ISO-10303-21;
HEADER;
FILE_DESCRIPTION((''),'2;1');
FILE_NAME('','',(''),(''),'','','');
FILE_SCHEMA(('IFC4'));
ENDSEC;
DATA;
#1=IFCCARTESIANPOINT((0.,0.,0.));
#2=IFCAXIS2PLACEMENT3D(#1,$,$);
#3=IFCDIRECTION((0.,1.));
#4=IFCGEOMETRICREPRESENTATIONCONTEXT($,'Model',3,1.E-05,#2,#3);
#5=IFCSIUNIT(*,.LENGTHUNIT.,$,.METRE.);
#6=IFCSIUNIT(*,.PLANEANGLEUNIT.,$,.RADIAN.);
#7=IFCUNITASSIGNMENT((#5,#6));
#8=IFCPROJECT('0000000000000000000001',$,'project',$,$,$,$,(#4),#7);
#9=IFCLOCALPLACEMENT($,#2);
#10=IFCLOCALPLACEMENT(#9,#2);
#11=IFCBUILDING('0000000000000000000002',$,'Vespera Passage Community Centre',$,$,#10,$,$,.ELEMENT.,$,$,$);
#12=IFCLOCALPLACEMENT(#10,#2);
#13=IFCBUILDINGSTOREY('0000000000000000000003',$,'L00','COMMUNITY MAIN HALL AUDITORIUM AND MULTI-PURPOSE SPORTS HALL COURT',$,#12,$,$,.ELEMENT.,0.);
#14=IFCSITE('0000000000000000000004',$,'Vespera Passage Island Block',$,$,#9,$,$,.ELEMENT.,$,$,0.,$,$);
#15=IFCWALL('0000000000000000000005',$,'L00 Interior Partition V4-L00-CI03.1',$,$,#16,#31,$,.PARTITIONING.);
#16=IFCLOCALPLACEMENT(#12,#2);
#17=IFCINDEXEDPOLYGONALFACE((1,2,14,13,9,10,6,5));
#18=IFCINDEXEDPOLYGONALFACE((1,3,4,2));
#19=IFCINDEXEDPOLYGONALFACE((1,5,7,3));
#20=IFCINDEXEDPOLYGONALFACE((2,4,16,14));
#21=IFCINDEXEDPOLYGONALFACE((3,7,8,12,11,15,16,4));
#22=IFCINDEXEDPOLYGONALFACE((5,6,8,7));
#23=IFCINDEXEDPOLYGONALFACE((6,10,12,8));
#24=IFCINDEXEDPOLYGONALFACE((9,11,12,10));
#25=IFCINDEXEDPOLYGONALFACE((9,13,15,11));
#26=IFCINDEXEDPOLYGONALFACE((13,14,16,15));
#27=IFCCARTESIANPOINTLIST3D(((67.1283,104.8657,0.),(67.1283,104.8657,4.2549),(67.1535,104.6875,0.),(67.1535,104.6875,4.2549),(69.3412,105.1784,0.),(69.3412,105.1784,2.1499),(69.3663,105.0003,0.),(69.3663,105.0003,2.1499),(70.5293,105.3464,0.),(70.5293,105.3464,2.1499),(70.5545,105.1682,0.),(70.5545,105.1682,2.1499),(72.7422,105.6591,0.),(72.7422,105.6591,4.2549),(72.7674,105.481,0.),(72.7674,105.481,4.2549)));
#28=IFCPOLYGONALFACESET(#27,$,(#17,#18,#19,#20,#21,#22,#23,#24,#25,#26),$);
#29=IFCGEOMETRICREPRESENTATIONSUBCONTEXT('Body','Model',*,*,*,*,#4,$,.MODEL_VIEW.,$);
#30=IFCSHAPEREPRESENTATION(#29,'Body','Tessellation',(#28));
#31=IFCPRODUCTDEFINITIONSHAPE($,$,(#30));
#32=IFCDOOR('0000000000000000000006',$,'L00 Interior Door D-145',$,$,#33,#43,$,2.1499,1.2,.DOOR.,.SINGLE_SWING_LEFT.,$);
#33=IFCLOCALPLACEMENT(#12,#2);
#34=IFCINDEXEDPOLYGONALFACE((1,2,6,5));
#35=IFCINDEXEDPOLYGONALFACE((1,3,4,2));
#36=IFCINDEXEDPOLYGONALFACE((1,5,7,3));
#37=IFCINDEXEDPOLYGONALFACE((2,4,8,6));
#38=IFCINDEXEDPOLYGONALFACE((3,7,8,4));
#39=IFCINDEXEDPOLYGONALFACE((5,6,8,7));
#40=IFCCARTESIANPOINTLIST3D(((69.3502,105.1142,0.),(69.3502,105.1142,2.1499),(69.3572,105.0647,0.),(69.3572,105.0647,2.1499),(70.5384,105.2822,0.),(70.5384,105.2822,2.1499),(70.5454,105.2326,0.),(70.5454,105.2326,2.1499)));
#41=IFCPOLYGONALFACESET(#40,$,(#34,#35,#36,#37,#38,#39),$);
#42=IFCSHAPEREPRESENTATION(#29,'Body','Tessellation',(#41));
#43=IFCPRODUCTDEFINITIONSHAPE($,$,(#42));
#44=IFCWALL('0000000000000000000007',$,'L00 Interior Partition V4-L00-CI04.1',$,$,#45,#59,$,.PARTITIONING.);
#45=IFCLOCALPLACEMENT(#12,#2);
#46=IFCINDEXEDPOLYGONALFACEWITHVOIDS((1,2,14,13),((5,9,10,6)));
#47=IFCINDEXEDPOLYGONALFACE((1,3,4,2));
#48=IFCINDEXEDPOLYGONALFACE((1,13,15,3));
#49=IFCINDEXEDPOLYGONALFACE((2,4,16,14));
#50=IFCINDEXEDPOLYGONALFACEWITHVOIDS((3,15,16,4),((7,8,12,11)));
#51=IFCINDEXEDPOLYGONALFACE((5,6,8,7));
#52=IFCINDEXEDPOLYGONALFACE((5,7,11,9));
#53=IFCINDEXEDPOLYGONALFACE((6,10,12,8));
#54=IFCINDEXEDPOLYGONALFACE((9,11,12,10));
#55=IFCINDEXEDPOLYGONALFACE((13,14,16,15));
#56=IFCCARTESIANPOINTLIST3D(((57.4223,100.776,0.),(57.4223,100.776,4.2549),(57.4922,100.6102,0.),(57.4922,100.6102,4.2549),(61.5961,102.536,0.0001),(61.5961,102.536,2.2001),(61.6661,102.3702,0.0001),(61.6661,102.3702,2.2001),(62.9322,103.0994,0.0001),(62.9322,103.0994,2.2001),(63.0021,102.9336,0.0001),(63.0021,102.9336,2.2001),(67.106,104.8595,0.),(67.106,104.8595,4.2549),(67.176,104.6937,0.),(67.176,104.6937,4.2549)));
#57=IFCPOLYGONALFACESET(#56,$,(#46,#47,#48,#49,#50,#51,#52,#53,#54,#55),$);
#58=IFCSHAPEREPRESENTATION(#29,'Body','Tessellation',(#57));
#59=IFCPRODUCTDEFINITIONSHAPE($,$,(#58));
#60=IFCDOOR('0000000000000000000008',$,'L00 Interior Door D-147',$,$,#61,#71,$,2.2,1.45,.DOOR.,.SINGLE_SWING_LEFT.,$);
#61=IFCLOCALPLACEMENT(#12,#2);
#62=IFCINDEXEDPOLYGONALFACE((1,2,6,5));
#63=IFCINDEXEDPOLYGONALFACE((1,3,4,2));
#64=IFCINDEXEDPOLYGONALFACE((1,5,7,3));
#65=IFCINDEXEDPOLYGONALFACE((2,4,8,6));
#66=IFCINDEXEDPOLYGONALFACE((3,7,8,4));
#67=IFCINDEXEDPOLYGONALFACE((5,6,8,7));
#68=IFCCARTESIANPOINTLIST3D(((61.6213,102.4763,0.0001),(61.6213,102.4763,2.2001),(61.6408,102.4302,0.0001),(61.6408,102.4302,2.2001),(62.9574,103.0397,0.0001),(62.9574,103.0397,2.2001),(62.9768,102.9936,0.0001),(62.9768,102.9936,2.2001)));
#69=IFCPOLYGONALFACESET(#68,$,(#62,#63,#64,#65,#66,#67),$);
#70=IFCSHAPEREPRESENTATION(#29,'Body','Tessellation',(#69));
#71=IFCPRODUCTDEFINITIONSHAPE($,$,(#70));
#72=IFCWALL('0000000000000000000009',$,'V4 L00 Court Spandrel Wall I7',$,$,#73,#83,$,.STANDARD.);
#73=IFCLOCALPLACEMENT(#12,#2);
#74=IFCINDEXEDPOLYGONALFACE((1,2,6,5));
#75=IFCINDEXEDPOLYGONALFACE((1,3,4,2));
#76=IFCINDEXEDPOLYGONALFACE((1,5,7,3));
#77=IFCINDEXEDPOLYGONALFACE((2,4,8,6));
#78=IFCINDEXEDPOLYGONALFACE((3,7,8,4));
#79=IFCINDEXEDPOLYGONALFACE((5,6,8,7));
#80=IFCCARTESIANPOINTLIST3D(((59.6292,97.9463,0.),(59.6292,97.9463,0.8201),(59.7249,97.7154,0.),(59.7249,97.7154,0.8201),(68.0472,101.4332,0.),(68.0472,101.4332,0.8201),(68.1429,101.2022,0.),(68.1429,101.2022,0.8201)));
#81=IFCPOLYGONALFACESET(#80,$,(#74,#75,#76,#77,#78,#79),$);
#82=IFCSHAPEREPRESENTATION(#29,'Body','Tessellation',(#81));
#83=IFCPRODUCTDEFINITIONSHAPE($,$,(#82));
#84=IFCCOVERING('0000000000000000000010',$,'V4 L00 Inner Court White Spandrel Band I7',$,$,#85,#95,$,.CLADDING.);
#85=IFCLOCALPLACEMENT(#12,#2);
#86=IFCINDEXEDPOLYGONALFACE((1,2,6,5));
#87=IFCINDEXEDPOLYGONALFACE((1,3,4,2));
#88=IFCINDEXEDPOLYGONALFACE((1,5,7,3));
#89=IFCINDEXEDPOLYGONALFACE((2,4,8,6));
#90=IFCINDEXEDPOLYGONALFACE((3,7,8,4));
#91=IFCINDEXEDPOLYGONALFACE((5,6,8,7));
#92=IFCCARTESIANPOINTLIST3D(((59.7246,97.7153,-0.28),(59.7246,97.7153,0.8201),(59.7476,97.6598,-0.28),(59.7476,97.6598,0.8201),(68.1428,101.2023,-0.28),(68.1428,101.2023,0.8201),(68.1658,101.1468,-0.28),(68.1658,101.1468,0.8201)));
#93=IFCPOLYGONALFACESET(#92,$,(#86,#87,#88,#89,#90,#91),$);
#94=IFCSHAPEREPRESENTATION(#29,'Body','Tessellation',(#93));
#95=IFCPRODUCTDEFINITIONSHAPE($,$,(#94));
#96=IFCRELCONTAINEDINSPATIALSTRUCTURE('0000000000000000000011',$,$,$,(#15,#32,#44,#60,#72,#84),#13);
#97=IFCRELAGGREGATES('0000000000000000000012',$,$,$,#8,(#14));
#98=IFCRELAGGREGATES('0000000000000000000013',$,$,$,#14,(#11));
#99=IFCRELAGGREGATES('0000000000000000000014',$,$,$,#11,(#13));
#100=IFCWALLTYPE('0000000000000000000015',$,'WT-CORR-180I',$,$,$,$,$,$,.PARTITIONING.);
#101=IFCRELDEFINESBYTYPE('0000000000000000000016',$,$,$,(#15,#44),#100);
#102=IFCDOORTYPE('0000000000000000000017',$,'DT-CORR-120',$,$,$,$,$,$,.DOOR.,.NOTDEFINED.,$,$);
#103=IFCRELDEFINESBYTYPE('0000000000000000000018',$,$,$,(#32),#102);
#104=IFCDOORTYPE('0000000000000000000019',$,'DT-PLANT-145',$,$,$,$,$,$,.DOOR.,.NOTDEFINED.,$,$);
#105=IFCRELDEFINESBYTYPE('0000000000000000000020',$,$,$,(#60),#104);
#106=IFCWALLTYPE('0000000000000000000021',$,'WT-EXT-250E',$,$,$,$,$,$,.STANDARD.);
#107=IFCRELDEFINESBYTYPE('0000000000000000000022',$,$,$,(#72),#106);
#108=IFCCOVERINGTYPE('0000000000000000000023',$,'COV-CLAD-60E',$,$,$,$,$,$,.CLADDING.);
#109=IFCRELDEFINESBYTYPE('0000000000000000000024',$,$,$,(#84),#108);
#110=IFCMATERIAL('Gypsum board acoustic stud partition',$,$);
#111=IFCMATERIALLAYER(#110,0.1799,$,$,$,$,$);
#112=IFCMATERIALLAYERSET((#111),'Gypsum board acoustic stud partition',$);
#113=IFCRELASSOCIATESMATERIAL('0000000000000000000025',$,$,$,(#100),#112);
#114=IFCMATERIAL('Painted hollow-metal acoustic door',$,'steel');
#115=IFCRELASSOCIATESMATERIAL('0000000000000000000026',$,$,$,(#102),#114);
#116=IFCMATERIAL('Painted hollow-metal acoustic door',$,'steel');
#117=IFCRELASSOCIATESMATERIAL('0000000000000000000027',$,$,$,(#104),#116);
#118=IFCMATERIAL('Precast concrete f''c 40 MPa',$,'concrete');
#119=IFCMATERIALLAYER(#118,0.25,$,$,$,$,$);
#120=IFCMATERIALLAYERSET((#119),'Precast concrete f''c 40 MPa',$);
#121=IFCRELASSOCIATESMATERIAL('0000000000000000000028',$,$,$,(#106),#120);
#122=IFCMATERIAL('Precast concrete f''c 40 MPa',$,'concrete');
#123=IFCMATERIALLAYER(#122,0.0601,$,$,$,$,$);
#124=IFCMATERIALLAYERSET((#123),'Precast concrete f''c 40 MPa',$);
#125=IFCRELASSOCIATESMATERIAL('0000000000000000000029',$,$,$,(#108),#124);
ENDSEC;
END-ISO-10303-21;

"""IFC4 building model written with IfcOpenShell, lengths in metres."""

from ifc_helpers import new_model, si_unit, direction, frame, frame_2d, origin, place, context, subcontext, project, spatial, rectangle, extrude, material, layer, layer_set, type_object, element, fill, save


model = new_model("IFC4")

# Units and contexts
model_context = context("Model", 3, precision=1e-05, world=origin(), true_north=direction((0.0, 1.0)))
body_context = subcontext(model_context, "Body", "Model", "MODEL_VIEW")
ifc_project = project(units=[si_unit("LENGTHUNIT", "METRE"), si_unit("PLANEANGLEUNIT", "RADIAN")], contexts=[model_context])

# Site, building, storey
site_placement = place(None, origin())
site = spatial("IfcSite", under=ifc_project, at=site_placement, Name="Vespera Passage Island Block", CompositionType="ELEMENT", RefElevation=0.0)
building_placement = place(site_placement, origin())
building = spatial("IfcBuilding", under=site, at=building_placement, Name="Vespera Passage Community Centre", CompositionType="ELEMENT")
storey_placement = place(building_placement, origin())
storey = spatial("IfcBuildingStorey", under=building, at=storey_placement, Name="L00", Description="COMMUNITY MAIN HALL AUDITORIUM AND MULTI-PURPOSE SPORTS HALL COURT", CompositionType="ELEMENT", Elevation=0.0)

# Walls, openings, doors
ifc_material_1 = material(Name="Gypsum board acoustic stud partition")
ifc_layer_1 = layer(ifc_material_1, 0.1799)
ifc_layer_set_1 = layer_set([ifc_layer_1], Name="Gypsum board acoustic stud partition")
wall_type_1 = type_object("IfcWallType", Name="WT-CORR-180I", PredefinedType="PARTITIONING", material=ifc_layer_set_1)
wall_1_placement = place(storey_placement, frame((72.7549, 105.5701, 0.0), z_axis=(0.0, 0.0, 1.0), x_axis=(-0.990159, -0.13995, 0.0)))
wall_1 = element("IfcWall", 1, at=wall_1_placement, inside=storey, type_object=wall_type_1, Name="L00 Interior Partition V4-L00-CI03.1", PredefinedType="PARTITIONING", context=body_context, shape_type="SweptSolid", body=[
    extrude(rectangle(XDim=5.6697, YDim=0.1799, at=frame_2d((2.835, 0.0))), origin(), (0.0, 0.0, 1.0), 4.2549),
])
opening_1_placement = place(wall_1_placement, frame((2.2349, 0.0, 0.0)))
opening_1 = element("IfcOpeningElement", 2, at=opening_1_placement, cuts=wall_1, PredefinedType="OPENING", context=body_context, shape_type="SweptSolid", body=[
    extrude(rectangle(XDim=1.2, YDim=2.1499, at=frame_2d((0.6001, 1.075))), frame((0.0, 0.0999, 0.0), z_axis=(0.0, -1.0, 0.0), x_axis=(1.0, 0.0, 0.0)), (0.0, 0.0, 1.0), 0.2),
])
ifc_material_2 = material(Name="Painted hollow-metal acoustic door", Category="steel")
door_type_1 = type_object("IfcDoorType", Name="DT-CORR-120", OperationType="NOTDEFINED", PredefinedType="DOOR", material=ifc_material_2)
door_1_placement = place(opening_1_placement, origin())
door_1 = element("IfcDoor", 3, at=door_1_placement, inside=storey, type_object=door_type_1, Name="L00 Interior Door D-145", OperationType="SINGLE_SWING_LEFT", OverallHeight=2.1499, OverallWidth=1.2, PredefinedType="DOOR", context=body_context, shape_type="SweptSolid", body=[
    extrude(rectangle(XDim=1.2, YDim=2.1499, at=frame_2d((0.6001, 1.075))), frame((0.0, 0.0249, 0.0), z_axis=(0.0, -1.0, 0.0), x_axis=(1.0, 0.0, 0.0)), (0.0, 0.0, 1.0), 0.05),
])
fill(opening_1, door_1)
wall_2_placement = place(storey_placement, frame((67.1411, 104.7766, 0.0), z_axis=(0.0, 0.0, 1.0), x_axis=(-0.921428, -0.388549, 0.0)))
wall_2 = element("IfcWall", 4, at=wall_2_placement, inside=storey, type_object=wall_type_1, Name="L00 Interior Partition V4-L00-CI04.1", PredefinedType="PARTITIONING", context=body_context, shape_type="SweptSolid", body=[
    extrude(rectangle(XDim=10.5095, YDim=0.1799, at=frame_2d((5.2549, 0.0))), origin(), (0.0, 0.0, 1.0), 4.2549),
])
opening_2_placement = place(wall_2_placement, frame((4.5298, 0.0, 0.0)))
opening_2 = element("IfcOpeningElement", 5, at=opening_2_placement, cuts=wall_2, PredefinedType="OPENING", context=body_context, shape_type="SweptSolid", body=[
    extrude(rectangle(XDim=1.45, YDim=2.2, at=frame_2d((0.7251, 1.1001))), frame((0.0, 0.0999, 0.0), z_axis=(0.0, -1.0, 0.0), x_axis=(1.0, 0.0, 0.0)), (0.0, 0.0, 1.0), 0.2),
])
ifc_material_3 = material(Name="Painted hollow-metal acoustic door", Category="steel")
door_type_2 = type_object("IfcDoorType", Name="DT-PLANT-145", OperationType="NOTDEFINED", PredefinedType="DOOR", material=ifc_material_3)
door_2_placement = place(opening_2_placement, origin())
door_2 = element("IfcDoor", 6, at=door_2_placement, inside=storey, type_object=door_type_2, Name="L00 Interior Door D-147", OperationType="SINGLE_SWING_LEFT", OverallHeight=2.2, OverallWidth=1.45, PredefinedType="DOOR", context=body_context, shape_type="SweptSolid", body=[
    extrude(rectangle(XDim=1.45, YDim=2.2, at=frame_2d((0.7251, 1.1001))), frame((0.0, 0.0249, 0.0), z_axis=(0.0, -1.0, 0.0), x_axis=(1.0, 0.0, 0.0)), (0.0, 0.0, 1.0), 0.05),
])
fill(opening_2, door_2)

# Wall
ifc_material_4 = material(Name="Precast concrete f'c 40 MPa", Category="concrete")
ifc_layer_2 = layer(ifc_material_4, 0.25)
ifc_layer_set_2 = layer_set([ifc_layer_2], Name="Precast concrete f'c 40 MPa")
wall_type_2 = type_object("IfcWallType", Name="WT-EXT-250E", PredefinedType="STANDARD", material=ifc_layer_set_2)
wall_3_placement = place(storey_placement, frame((68.095, 101.3176, 0.0), z_axis=(0.0, 0.0, 1.0), x_axis=(-0.92388, -0.382682, 0.0)))
element("IfcWall", 7, at=wall_3_placement, inside=storey, type_object=wall_type_2, Name="V4 L00 Court Spandrel Wall I7", PredefinedType="STANDARD", context=body_context, shape_type="SweptSolid", body=[
    extrude(rectangle(XDim=9.1116, YDim=0.25, at=frame_2d((4.5557, 0.0))), origin(), (0.0, 0.0, 1.0), 0.8201),
])

# Covering
ifc_material_5 = material(Name="Precast concrete f'c 40 MPa", Category="concrete")
ifc_layer_3 = layer(ifc_material_5, 0.0601)
ifc_layer_set_3 = layer_set([ifc_layer_3], Name="Precast concrete f'c 40 MPa")
covering_type = type_object("IfcCoveringType", Name="COV-CLAD-60E", PredefinedType="CLADDING", material=ifc_layer_set_3)
covering_placement = place(storey_placement, frame((68.1543, 101.1746, -0.28), z_axis=(0.0, 0.0, 1.0), x_axis=(-0.923875, -0.382695, 0.0)))
element("IfcCovering", 8, at=covering_placement, inside=storey, type_object=covering_type, Name="V4 L00 Inner Court White Spandrel Band I7", PredefinedType="CLADDING", context=body_context, shape_type="SweptSolid", body=[
    extrude(rectangle(XDim=9.1118, YDim=0.0601, at=frame_2d((4.5559, 0.0))), origin(), (0.0, 0.0, 1.0), 1.1001),
])

save(model, "model.ifc")
